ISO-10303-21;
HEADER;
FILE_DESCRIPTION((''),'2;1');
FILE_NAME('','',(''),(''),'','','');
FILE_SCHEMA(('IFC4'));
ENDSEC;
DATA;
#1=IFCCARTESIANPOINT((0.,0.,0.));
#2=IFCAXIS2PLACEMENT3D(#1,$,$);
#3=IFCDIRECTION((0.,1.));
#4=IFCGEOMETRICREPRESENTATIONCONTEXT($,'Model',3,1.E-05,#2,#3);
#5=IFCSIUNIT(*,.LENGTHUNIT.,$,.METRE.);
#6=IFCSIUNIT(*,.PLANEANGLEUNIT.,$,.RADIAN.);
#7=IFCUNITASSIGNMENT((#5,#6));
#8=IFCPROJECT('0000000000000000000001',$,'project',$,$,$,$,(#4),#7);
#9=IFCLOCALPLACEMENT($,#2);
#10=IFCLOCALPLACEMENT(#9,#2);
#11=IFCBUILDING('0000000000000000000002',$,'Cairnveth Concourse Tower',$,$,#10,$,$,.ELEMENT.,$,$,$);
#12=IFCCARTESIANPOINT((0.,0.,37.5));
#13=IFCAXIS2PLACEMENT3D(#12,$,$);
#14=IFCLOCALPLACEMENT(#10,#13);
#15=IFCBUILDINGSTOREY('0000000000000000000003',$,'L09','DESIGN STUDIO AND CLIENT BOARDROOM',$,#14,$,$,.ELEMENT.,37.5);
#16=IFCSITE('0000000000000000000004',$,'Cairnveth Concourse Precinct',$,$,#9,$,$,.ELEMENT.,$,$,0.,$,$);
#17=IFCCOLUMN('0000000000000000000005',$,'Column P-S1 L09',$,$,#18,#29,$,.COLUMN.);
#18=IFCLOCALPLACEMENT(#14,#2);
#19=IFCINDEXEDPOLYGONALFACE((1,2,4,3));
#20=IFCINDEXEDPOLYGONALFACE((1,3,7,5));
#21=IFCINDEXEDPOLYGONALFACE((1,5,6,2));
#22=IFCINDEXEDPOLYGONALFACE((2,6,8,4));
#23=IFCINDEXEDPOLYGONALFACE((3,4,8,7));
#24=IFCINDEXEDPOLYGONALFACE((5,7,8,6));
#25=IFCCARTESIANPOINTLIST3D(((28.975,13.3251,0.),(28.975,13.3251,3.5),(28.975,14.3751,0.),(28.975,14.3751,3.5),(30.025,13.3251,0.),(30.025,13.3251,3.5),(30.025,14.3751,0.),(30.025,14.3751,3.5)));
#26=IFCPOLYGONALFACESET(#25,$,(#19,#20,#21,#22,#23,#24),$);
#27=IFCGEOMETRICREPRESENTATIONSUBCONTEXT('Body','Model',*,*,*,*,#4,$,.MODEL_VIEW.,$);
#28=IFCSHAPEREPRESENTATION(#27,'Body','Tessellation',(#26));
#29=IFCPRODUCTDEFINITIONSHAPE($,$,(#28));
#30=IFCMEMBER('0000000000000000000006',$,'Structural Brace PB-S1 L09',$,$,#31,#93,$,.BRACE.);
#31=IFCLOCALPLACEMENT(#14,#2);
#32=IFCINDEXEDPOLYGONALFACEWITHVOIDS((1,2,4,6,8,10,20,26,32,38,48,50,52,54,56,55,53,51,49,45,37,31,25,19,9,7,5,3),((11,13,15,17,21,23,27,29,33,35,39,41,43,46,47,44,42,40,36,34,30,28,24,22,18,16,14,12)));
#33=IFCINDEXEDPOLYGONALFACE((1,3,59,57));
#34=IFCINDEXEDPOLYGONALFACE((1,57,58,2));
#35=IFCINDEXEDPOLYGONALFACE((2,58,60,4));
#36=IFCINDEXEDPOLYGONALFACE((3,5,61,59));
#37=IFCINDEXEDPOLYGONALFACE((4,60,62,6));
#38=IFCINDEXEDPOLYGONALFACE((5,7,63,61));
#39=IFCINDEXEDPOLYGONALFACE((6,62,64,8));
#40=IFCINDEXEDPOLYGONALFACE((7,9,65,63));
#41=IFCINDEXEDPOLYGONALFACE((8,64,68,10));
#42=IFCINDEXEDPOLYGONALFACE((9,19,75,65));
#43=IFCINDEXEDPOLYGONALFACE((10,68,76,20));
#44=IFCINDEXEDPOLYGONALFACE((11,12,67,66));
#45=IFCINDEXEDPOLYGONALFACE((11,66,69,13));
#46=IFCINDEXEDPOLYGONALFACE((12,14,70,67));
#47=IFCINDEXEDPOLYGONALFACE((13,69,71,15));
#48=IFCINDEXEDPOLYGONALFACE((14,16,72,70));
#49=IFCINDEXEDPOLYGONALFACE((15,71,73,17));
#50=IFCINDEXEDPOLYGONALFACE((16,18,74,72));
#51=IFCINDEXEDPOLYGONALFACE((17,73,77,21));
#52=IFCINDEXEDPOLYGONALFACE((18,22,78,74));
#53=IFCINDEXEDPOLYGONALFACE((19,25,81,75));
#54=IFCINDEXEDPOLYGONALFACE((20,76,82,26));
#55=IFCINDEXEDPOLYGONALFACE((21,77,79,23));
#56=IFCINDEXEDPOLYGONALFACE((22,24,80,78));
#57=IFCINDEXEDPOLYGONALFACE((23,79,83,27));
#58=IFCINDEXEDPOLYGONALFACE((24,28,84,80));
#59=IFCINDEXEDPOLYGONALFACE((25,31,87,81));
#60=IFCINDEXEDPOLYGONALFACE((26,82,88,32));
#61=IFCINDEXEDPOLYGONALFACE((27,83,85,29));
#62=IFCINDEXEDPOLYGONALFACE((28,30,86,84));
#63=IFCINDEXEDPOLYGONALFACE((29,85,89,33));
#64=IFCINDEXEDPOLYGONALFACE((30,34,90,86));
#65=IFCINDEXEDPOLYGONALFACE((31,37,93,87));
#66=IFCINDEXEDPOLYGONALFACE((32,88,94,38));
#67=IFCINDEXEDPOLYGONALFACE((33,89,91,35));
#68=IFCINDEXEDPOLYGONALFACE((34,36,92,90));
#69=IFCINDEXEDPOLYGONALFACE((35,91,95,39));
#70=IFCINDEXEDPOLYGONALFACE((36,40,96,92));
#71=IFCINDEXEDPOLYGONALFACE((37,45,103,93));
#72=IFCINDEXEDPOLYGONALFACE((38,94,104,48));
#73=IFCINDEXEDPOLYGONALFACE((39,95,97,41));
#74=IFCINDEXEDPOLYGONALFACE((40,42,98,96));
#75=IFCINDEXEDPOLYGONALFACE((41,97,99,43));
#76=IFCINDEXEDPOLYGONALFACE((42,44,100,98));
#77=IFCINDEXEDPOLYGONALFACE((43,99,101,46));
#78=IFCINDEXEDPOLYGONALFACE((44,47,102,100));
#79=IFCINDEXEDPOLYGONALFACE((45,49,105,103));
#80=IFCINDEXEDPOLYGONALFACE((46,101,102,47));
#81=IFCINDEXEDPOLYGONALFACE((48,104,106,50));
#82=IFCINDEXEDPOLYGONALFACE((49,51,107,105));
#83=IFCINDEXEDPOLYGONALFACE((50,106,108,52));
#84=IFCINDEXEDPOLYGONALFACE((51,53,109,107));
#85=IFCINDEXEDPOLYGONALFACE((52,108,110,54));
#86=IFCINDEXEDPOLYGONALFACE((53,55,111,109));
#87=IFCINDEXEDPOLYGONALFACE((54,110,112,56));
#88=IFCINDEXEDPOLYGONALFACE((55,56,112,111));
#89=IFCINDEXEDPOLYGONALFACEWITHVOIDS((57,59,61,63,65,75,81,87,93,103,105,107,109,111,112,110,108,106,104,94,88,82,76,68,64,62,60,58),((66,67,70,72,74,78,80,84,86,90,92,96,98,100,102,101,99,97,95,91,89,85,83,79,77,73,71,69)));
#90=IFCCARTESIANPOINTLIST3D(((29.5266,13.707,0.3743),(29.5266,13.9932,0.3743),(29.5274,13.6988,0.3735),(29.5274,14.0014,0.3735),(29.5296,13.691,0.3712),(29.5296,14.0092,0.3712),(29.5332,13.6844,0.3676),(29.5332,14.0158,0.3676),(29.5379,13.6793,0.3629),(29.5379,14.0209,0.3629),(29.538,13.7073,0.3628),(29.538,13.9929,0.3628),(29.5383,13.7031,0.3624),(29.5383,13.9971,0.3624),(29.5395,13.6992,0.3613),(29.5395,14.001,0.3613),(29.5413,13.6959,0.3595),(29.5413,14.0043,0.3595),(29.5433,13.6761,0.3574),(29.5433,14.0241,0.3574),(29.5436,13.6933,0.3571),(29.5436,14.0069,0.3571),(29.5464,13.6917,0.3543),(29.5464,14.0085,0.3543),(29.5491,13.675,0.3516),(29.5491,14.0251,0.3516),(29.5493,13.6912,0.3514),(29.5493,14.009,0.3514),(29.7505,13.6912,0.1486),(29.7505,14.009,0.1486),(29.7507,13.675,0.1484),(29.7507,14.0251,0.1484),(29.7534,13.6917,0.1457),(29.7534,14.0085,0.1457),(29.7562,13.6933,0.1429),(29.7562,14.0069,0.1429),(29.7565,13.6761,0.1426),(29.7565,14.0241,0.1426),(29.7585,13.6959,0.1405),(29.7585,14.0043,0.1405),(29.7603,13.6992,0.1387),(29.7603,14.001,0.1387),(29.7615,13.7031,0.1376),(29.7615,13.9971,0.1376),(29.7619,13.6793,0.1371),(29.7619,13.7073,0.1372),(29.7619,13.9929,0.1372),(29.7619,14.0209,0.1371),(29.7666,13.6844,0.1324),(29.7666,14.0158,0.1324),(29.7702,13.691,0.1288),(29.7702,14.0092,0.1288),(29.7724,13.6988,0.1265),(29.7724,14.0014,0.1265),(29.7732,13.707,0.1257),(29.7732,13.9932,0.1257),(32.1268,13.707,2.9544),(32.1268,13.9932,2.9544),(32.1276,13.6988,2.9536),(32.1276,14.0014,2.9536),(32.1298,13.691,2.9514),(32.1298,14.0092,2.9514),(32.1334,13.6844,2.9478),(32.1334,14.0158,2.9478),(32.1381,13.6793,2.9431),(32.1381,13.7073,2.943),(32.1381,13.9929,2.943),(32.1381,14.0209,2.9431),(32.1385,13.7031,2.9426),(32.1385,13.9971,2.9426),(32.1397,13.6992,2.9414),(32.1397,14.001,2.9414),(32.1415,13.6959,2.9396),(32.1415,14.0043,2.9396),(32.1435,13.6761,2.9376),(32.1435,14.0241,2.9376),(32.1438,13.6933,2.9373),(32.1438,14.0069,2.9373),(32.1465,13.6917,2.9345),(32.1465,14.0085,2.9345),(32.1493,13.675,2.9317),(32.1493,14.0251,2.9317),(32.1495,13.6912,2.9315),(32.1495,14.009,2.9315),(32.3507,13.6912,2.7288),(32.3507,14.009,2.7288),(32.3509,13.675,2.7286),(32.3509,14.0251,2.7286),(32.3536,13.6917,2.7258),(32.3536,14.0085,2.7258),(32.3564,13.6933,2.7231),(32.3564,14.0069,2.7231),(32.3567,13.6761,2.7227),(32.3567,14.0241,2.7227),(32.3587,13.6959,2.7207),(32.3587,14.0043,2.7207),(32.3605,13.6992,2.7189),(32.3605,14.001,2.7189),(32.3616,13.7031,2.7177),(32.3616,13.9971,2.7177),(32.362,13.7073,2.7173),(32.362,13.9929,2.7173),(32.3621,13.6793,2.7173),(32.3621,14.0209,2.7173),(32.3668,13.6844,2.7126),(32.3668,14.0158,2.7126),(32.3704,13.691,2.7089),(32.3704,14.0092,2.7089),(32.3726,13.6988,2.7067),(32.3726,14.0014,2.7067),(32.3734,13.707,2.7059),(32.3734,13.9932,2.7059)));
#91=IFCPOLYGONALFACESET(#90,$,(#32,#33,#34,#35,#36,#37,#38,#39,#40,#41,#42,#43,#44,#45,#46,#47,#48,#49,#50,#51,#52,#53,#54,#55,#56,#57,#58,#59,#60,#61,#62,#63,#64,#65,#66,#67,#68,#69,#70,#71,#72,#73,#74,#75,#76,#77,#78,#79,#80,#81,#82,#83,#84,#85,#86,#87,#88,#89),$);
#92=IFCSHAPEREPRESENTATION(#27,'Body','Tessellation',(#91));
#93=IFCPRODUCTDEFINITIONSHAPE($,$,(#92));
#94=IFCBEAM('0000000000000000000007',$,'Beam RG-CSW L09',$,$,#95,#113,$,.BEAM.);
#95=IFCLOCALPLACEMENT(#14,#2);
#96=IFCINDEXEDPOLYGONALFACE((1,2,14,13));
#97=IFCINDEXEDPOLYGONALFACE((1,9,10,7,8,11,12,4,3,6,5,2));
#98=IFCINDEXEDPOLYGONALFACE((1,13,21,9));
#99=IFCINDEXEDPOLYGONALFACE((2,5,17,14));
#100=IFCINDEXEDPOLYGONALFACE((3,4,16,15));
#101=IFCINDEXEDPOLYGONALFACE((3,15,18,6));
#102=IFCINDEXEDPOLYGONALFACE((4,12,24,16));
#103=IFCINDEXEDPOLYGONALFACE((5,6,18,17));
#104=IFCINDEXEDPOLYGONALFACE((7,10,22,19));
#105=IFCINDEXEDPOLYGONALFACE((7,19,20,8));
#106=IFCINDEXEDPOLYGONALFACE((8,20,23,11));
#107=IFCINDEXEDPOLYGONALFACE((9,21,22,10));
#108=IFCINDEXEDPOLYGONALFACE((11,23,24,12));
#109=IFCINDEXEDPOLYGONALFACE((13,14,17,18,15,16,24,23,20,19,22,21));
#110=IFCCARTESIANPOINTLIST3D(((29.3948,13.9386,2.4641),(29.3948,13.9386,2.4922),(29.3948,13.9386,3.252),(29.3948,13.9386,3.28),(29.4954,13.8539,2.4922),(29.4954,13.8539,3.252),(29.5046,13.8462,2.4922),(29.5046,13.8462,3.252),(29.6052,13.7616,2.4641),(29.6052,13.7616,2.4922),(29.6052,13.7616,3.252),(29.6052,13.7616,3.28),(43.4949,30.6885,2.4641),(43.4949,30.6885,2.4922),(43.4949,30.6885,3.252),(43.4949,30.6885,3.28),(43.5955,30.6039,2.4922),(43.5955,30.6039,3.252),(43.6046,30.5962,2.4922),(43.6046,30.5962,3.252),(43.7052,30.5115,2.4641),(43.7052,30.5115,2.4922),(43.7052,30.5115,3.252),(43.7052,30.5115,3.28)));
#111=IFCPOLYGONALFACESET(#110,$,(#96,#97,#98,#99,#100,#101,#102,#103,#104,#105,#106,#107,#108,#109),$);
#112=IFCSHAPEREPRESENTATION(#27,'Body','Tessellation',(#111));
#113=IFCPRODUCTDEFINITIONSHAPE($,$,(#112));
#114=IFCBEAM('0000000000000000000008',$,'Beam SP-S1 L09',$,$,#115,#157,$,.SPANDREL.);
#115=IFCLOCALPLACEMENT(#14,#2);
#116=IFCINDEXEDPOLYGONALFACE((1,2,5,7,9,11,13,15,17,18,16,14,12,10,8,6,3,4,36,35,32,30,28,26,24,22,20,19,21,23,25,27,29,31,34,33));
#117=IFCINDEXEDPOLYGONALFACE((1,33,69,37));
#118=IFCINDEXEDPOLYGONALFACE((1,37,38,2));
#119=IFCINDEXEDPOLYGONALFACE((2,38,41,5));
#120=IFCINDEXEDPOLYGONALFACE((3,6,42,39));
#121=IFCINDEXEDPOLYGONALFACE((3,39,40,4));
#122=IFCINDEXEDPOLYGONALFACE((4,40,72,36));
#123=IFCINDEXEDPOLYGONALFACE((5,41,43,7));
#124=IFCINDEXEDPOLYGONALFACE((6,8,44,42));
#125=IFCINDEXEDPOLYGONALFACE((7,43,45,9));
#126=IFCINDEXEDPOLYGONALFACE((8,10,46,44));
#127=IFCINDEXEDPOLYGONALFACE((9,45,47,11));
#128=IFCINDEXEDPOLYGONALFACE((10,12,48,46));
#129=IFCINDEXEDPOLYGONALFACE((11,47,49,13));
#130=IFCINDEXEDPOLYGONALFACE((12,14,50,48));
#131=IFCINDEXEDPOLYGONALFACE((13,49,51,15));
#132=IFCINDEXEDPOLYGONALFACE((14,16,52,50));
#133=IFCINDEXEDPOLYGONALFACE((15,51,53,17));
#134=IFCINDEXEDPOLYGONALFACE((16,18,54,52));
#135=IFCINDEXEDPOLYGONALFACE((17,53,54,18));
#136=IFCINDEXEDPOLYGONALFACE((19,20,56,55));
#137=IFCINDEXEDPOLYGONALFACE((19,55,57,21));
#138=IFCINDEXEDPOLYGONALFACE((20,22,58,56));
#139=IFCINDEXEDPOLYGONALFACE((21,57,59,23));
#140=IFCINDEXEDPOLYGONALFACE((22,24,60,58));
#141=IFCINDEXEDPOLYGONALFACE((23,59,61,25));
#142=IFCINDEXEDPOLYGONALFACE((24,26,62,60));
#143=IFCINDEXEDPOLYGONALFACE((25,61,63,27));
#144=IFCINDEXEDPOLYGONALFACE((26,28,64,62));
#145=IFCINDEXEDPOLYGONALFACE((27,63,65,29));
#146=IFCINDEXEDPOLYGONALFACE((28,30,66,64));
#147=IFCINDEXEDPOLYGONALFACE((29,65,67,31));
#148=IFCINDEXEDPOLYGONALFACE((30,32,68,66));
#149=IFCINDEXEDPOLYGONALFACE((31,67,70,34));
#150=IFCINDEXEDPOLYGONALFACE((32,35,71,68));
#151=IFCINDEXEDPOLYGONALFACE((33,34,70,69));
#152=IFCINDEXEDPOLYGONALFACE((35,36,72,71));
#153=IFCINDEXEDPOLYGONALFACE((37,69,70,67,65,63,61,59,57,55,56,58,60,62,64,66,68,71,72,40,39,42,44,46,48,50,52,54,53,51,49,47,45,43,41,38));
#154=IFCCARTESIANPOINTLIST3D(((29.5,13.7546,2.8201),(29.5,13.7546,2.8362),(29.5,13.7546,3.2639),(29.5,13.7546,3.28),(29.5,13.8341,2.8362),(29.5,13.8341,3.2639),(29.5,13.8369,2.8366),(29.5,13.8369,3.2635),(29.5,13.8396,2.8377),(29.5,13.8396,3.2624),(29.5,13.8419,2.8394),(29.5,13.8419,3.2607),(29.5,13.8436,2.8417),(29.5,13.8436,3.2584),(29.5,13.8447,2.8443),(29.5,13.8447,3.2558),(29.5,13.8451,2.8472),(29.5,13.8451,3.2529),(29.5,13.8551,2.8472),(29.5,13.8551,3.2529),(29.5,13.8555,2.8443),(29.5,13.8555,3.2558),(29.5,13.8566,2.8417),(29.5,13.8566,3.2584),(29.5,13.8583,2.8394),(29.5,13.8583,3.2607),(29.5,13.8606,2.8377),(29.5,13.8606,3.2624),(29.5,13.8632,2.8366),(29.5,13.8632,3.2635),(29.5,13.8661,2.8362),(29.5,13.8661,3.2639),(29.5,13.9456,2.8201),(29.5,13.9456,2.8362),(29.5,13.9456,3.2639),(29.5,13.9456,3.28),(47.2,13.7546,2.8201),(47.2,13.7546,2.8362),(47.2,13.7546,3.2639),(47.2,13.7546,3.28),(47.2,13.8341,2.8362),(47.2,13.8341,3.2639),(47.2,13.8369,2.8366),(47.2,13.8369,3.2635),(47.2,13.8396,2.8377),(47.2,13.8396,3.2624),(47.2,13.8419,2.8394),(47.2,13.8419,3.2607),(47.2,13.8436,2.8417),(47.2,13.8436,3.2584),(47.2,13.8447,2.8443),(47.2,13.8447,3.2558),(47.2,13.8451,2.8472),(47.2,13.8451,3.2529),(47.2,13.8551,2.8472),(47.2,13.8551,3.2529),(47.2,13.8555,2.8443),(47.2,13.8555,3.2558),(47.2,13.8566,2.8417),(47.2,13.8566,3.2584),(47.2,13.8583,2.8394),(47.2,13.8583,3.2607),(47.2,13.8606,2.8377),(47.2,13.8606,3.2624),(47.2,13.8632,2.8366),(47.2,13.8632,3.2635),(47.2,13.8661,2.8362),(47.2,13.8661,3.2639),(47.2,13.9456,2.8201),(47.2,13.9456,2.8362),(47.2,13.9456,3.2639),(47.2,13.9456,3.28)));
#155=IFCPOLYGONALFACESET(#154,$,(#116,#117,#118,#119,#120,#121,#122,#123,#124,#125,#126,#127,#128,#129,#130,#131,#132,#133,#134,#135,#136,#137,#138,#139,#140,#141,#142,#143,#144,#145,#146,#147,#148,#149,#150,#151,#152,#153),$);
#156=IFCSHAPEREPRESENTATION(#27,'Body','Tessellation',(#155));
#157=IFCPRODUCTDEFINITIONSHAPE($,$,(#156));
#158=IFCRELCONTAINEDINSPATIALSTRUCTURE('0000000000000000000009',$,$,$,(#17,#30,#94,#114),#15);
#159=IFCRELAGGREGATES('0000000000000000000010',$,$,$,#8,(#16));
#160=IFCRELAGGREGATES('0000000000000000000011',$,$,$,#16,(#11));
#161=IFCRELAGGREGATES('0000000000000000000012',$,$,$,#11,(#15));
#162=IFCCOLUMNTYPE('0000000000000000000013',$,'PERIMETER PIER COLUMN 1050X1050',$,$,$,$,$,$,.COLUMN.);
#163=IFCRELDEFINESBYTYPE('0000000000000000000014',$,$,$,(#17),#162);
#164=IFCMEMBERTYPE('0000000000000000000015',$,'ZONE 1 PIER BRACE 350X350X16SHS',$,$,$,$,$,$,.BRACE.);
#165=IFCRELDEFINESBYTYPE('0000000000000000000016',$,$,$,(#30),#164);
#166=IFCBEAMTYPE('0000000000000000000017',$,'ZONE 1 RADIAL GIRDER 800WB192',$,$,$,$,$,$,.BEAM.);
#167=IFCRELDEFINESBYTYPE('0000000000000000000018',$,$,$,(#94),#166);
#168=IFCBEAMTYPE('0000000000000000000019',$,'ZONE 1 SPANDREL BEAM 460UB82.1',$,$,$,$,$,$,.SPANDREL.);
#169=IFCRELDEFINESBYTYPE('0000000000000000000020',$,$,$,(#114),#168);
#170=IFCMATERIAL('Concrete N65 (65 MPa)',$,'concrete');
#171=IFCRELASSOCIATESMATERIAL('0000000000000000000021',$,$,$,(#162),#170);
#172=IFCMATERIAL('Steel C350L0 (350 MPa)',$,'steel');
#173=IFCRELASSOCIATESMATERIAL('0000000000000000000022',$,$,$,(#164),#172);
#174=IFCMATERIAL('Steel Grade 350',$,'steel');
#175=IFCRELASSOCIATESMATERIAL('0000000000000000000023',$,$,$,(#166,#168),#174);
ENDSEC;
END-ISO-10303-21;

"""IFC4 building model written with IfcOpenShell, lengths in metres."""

from ifc_helpers import new_model, si_unit, direction, frame, origin, origin_2d, place, context, subcontext, project, spatial, rectangle, hollow_rectangle, i_section, extrude, material, material_profile, profile_set, type_object, element, save


model = new_model("IFC4")

# Units and contexts
model_context = context("Model", 3, precision=1e-05, world=origin(), true_north=direction((0.0, 1.0)))
body_context = subcontext(model_context, "Body", "Model", "MODEL_VIEW")
ifc_project = project(units=[si_unit("LENGTHUNIT", "METRE"), si_unit("PLANEANGLEUNIT", "RADIAN")], contexts=[model_context])

# Site, building, storey
site_placement = place(None, origin())
site = spatial("IfcSite", under=ifc_project, at=site_placement, Name="Cairnveth Concourse Precinct", CompositionType="ELEMENT", RefElevation=0.0)
building_placement = place(site_placement, origin())
building = spatial("IfcBuilding", under=site, at=building_placement, Name="Cairnveth Concourse Tower", CompositionType="ELEMENT")
storey_placement = place(building_placement, frame((0.0, 0.0, 37.5)))
storey = spatial("IfcBuildingStorey", under=building, at=storey_placement, Name="L09", Description="DESIGN STUDIO AND CLIENT BOARDROOM", CompositionType="ELEMENT", Elevation=37.5)

# Column
ifc_material_1 = material(Name="Concrete N65 (65 MPa)", Category="concrete")
ifc_material_profile_1 = material_profile(ifc_material_1, rectangle(XDim=1.05, YDim=1.05, at=origin_2d()), Name="RC-COL-1050x1050")
ifc_profile_set_1 = profile_set([ifc_material_profile_1], Name="Concrete N65 (65 MPa)")
column_type = type_object("IfcColumnType", Name="PERIMETER PIER COLUMN 1050X1050", PredefinedType="COLUMN", material=ifc_profile_set_1)
column_placement = place(storey_placement, frame((29.5, 13.8501, 0.0), z_axis=(0.0, 0.0, 1.0), x_axis=(1.0, 0.0, 0.0)))
element("IfcColumn", 1, at=column_placement, inside=storey, type_object=column_type, Name="Column P-S1 L09", PredefinedType="COLUMN", context=body_context, shape_type="SweptSolid", body=[
    extrude(rectangle(XDim=1.05, YDim=1.05, at=origin_2d()), origin(), (0.0, 0.0, 1.0), 3.5),
])

# Member
ifc_material_2 = material(Name="Steel C350L0 (350 MPa)", Category="steel")
ifc_material_profile_2 = material_profile(ifc_material_2, hollow_rectangle(XDim=0.3501, YDim=0.3501, WallThickness=0.0161, InnerFilletRadius=0.0161, OuterFilletRadius=0.032, at=origin_2d()), Name="350x350x16.0SHS")
ifc_profile_set_2 = profile_set([ifc_material_profile_2], Name="Steel C350L0 (350 MPa)")
member_type = type_object("IfcMemberType", Name="ZONE 1 PIER BRACE 350X350X16SHS", PredefinedType="BRACE", material=ifc_profile_set_2)
member_placement = place(storey_placement, frame((29.6499, 13.8501, 0.25), z_axis=(0.709834, 0.0, 0.704369), x_axis=(0.0, 1.0, 0.0)))
element("IfcMember", 2, at=member_placement, inside=storey, type_object=member_type, Name="Structural Brace PB-S1 L09", PredefinedType="BRACE", context=body_context, shape_type="SweptSolid", body=[
    extrude(hollow_rectangle(XDim=0.3501, YDim=0.3501, WallThickness=0.0161, InnerFilletRadius=0.0161, OuterFilletRadius=0.032, at=origin_2d()), origin(), (0.0, 0.0, 1.0), 3.6631),
])

# Beams
ifc_material_3 = material(Name="Steel Grade 350", Category="steel")
ifc_material_profile_3 = material_profile(ifc_material_3, i_section(OverallWidth=0.2749, OverallDepth=0.8159, WebThickness=0.012, FlangeThickness=0.0281, at=origin_2d()), Name="800WB192")
ifc_profile_set_3 = profile_set([ifc_material_profile_3], Name="Steel Grade 350")
beam_type_1 = type_object("IfcBeamType", Name="ZONE 1 RADIAL GIRDER 800WB192", PredefinedType="BEAM", material=ifc_profile_set_3)
beam_1_placement = place(storey_placement, frame((29.5, 13.8501, 2.8721), z_axis=(0.643998, 0.765027, 0.0), x_axis=(-0.765027, 0.643998, 0.0)))
element("IfcBeam", 3, at=beam_1_placement, inside=storey, type_object=beam_type_1, Name="Beam RG-CSW L09", PredefinedType="BEAM", context=body_context, shape_type="SweptSolid", body=[
    extrude(i_section(OverallWidth=0.2749, OverallDepth=0.8159, WebThickness=0.012, FlangeThickness=0.0281, at=origin_2d()), origin(), (0.0, 0.0, 1.0), 21.8945),
])
ifc_material_profile_4 = material_profile(ifc_material_3, i_section(OverallWidth=0.1909, OverallDepth=0.46, WebThickness=0.01, FlangeThickness=0.0161, FilletRadius=0.011, at=origin_2d()), Name="460UB82.1")
ifc_profile_set_4 = profile_set([ifc_material_profile_4], Name="Steel Grade 350")
beam_type_2 = type_object("IfcBeamType", Name="ZONE 1 SPANDREL BEAM 460UB82.1", PredefinedType="SPANDREL", material=ifc_profile_set_4)
beam_2_placement = place(storey_placement, frame((29.5, 13.8501, 3.05), z_axis=(1.0, 0.0, 0.0), x_axis=(0.0, 1.0, 0.0)))
element("IfcBeam", 4, at=beam_2_placement, inside=storey, type_object=beam_type_2, Name="Beam SP-S1 L09", PredefinedType="SPANDREL", context=body_context, shape_type="SweptSolid", body=[
    extrude(i_section(OverallWidth=0.1909, OverallDepth=0.46, WebThickness=0.01, FlangeThickness=0.0161, FilletRadius=0.011, at=origin_2d()), origin(), (0.0, 0.0, 1.0), 17.7),
])

save(model, "model.ifc")
